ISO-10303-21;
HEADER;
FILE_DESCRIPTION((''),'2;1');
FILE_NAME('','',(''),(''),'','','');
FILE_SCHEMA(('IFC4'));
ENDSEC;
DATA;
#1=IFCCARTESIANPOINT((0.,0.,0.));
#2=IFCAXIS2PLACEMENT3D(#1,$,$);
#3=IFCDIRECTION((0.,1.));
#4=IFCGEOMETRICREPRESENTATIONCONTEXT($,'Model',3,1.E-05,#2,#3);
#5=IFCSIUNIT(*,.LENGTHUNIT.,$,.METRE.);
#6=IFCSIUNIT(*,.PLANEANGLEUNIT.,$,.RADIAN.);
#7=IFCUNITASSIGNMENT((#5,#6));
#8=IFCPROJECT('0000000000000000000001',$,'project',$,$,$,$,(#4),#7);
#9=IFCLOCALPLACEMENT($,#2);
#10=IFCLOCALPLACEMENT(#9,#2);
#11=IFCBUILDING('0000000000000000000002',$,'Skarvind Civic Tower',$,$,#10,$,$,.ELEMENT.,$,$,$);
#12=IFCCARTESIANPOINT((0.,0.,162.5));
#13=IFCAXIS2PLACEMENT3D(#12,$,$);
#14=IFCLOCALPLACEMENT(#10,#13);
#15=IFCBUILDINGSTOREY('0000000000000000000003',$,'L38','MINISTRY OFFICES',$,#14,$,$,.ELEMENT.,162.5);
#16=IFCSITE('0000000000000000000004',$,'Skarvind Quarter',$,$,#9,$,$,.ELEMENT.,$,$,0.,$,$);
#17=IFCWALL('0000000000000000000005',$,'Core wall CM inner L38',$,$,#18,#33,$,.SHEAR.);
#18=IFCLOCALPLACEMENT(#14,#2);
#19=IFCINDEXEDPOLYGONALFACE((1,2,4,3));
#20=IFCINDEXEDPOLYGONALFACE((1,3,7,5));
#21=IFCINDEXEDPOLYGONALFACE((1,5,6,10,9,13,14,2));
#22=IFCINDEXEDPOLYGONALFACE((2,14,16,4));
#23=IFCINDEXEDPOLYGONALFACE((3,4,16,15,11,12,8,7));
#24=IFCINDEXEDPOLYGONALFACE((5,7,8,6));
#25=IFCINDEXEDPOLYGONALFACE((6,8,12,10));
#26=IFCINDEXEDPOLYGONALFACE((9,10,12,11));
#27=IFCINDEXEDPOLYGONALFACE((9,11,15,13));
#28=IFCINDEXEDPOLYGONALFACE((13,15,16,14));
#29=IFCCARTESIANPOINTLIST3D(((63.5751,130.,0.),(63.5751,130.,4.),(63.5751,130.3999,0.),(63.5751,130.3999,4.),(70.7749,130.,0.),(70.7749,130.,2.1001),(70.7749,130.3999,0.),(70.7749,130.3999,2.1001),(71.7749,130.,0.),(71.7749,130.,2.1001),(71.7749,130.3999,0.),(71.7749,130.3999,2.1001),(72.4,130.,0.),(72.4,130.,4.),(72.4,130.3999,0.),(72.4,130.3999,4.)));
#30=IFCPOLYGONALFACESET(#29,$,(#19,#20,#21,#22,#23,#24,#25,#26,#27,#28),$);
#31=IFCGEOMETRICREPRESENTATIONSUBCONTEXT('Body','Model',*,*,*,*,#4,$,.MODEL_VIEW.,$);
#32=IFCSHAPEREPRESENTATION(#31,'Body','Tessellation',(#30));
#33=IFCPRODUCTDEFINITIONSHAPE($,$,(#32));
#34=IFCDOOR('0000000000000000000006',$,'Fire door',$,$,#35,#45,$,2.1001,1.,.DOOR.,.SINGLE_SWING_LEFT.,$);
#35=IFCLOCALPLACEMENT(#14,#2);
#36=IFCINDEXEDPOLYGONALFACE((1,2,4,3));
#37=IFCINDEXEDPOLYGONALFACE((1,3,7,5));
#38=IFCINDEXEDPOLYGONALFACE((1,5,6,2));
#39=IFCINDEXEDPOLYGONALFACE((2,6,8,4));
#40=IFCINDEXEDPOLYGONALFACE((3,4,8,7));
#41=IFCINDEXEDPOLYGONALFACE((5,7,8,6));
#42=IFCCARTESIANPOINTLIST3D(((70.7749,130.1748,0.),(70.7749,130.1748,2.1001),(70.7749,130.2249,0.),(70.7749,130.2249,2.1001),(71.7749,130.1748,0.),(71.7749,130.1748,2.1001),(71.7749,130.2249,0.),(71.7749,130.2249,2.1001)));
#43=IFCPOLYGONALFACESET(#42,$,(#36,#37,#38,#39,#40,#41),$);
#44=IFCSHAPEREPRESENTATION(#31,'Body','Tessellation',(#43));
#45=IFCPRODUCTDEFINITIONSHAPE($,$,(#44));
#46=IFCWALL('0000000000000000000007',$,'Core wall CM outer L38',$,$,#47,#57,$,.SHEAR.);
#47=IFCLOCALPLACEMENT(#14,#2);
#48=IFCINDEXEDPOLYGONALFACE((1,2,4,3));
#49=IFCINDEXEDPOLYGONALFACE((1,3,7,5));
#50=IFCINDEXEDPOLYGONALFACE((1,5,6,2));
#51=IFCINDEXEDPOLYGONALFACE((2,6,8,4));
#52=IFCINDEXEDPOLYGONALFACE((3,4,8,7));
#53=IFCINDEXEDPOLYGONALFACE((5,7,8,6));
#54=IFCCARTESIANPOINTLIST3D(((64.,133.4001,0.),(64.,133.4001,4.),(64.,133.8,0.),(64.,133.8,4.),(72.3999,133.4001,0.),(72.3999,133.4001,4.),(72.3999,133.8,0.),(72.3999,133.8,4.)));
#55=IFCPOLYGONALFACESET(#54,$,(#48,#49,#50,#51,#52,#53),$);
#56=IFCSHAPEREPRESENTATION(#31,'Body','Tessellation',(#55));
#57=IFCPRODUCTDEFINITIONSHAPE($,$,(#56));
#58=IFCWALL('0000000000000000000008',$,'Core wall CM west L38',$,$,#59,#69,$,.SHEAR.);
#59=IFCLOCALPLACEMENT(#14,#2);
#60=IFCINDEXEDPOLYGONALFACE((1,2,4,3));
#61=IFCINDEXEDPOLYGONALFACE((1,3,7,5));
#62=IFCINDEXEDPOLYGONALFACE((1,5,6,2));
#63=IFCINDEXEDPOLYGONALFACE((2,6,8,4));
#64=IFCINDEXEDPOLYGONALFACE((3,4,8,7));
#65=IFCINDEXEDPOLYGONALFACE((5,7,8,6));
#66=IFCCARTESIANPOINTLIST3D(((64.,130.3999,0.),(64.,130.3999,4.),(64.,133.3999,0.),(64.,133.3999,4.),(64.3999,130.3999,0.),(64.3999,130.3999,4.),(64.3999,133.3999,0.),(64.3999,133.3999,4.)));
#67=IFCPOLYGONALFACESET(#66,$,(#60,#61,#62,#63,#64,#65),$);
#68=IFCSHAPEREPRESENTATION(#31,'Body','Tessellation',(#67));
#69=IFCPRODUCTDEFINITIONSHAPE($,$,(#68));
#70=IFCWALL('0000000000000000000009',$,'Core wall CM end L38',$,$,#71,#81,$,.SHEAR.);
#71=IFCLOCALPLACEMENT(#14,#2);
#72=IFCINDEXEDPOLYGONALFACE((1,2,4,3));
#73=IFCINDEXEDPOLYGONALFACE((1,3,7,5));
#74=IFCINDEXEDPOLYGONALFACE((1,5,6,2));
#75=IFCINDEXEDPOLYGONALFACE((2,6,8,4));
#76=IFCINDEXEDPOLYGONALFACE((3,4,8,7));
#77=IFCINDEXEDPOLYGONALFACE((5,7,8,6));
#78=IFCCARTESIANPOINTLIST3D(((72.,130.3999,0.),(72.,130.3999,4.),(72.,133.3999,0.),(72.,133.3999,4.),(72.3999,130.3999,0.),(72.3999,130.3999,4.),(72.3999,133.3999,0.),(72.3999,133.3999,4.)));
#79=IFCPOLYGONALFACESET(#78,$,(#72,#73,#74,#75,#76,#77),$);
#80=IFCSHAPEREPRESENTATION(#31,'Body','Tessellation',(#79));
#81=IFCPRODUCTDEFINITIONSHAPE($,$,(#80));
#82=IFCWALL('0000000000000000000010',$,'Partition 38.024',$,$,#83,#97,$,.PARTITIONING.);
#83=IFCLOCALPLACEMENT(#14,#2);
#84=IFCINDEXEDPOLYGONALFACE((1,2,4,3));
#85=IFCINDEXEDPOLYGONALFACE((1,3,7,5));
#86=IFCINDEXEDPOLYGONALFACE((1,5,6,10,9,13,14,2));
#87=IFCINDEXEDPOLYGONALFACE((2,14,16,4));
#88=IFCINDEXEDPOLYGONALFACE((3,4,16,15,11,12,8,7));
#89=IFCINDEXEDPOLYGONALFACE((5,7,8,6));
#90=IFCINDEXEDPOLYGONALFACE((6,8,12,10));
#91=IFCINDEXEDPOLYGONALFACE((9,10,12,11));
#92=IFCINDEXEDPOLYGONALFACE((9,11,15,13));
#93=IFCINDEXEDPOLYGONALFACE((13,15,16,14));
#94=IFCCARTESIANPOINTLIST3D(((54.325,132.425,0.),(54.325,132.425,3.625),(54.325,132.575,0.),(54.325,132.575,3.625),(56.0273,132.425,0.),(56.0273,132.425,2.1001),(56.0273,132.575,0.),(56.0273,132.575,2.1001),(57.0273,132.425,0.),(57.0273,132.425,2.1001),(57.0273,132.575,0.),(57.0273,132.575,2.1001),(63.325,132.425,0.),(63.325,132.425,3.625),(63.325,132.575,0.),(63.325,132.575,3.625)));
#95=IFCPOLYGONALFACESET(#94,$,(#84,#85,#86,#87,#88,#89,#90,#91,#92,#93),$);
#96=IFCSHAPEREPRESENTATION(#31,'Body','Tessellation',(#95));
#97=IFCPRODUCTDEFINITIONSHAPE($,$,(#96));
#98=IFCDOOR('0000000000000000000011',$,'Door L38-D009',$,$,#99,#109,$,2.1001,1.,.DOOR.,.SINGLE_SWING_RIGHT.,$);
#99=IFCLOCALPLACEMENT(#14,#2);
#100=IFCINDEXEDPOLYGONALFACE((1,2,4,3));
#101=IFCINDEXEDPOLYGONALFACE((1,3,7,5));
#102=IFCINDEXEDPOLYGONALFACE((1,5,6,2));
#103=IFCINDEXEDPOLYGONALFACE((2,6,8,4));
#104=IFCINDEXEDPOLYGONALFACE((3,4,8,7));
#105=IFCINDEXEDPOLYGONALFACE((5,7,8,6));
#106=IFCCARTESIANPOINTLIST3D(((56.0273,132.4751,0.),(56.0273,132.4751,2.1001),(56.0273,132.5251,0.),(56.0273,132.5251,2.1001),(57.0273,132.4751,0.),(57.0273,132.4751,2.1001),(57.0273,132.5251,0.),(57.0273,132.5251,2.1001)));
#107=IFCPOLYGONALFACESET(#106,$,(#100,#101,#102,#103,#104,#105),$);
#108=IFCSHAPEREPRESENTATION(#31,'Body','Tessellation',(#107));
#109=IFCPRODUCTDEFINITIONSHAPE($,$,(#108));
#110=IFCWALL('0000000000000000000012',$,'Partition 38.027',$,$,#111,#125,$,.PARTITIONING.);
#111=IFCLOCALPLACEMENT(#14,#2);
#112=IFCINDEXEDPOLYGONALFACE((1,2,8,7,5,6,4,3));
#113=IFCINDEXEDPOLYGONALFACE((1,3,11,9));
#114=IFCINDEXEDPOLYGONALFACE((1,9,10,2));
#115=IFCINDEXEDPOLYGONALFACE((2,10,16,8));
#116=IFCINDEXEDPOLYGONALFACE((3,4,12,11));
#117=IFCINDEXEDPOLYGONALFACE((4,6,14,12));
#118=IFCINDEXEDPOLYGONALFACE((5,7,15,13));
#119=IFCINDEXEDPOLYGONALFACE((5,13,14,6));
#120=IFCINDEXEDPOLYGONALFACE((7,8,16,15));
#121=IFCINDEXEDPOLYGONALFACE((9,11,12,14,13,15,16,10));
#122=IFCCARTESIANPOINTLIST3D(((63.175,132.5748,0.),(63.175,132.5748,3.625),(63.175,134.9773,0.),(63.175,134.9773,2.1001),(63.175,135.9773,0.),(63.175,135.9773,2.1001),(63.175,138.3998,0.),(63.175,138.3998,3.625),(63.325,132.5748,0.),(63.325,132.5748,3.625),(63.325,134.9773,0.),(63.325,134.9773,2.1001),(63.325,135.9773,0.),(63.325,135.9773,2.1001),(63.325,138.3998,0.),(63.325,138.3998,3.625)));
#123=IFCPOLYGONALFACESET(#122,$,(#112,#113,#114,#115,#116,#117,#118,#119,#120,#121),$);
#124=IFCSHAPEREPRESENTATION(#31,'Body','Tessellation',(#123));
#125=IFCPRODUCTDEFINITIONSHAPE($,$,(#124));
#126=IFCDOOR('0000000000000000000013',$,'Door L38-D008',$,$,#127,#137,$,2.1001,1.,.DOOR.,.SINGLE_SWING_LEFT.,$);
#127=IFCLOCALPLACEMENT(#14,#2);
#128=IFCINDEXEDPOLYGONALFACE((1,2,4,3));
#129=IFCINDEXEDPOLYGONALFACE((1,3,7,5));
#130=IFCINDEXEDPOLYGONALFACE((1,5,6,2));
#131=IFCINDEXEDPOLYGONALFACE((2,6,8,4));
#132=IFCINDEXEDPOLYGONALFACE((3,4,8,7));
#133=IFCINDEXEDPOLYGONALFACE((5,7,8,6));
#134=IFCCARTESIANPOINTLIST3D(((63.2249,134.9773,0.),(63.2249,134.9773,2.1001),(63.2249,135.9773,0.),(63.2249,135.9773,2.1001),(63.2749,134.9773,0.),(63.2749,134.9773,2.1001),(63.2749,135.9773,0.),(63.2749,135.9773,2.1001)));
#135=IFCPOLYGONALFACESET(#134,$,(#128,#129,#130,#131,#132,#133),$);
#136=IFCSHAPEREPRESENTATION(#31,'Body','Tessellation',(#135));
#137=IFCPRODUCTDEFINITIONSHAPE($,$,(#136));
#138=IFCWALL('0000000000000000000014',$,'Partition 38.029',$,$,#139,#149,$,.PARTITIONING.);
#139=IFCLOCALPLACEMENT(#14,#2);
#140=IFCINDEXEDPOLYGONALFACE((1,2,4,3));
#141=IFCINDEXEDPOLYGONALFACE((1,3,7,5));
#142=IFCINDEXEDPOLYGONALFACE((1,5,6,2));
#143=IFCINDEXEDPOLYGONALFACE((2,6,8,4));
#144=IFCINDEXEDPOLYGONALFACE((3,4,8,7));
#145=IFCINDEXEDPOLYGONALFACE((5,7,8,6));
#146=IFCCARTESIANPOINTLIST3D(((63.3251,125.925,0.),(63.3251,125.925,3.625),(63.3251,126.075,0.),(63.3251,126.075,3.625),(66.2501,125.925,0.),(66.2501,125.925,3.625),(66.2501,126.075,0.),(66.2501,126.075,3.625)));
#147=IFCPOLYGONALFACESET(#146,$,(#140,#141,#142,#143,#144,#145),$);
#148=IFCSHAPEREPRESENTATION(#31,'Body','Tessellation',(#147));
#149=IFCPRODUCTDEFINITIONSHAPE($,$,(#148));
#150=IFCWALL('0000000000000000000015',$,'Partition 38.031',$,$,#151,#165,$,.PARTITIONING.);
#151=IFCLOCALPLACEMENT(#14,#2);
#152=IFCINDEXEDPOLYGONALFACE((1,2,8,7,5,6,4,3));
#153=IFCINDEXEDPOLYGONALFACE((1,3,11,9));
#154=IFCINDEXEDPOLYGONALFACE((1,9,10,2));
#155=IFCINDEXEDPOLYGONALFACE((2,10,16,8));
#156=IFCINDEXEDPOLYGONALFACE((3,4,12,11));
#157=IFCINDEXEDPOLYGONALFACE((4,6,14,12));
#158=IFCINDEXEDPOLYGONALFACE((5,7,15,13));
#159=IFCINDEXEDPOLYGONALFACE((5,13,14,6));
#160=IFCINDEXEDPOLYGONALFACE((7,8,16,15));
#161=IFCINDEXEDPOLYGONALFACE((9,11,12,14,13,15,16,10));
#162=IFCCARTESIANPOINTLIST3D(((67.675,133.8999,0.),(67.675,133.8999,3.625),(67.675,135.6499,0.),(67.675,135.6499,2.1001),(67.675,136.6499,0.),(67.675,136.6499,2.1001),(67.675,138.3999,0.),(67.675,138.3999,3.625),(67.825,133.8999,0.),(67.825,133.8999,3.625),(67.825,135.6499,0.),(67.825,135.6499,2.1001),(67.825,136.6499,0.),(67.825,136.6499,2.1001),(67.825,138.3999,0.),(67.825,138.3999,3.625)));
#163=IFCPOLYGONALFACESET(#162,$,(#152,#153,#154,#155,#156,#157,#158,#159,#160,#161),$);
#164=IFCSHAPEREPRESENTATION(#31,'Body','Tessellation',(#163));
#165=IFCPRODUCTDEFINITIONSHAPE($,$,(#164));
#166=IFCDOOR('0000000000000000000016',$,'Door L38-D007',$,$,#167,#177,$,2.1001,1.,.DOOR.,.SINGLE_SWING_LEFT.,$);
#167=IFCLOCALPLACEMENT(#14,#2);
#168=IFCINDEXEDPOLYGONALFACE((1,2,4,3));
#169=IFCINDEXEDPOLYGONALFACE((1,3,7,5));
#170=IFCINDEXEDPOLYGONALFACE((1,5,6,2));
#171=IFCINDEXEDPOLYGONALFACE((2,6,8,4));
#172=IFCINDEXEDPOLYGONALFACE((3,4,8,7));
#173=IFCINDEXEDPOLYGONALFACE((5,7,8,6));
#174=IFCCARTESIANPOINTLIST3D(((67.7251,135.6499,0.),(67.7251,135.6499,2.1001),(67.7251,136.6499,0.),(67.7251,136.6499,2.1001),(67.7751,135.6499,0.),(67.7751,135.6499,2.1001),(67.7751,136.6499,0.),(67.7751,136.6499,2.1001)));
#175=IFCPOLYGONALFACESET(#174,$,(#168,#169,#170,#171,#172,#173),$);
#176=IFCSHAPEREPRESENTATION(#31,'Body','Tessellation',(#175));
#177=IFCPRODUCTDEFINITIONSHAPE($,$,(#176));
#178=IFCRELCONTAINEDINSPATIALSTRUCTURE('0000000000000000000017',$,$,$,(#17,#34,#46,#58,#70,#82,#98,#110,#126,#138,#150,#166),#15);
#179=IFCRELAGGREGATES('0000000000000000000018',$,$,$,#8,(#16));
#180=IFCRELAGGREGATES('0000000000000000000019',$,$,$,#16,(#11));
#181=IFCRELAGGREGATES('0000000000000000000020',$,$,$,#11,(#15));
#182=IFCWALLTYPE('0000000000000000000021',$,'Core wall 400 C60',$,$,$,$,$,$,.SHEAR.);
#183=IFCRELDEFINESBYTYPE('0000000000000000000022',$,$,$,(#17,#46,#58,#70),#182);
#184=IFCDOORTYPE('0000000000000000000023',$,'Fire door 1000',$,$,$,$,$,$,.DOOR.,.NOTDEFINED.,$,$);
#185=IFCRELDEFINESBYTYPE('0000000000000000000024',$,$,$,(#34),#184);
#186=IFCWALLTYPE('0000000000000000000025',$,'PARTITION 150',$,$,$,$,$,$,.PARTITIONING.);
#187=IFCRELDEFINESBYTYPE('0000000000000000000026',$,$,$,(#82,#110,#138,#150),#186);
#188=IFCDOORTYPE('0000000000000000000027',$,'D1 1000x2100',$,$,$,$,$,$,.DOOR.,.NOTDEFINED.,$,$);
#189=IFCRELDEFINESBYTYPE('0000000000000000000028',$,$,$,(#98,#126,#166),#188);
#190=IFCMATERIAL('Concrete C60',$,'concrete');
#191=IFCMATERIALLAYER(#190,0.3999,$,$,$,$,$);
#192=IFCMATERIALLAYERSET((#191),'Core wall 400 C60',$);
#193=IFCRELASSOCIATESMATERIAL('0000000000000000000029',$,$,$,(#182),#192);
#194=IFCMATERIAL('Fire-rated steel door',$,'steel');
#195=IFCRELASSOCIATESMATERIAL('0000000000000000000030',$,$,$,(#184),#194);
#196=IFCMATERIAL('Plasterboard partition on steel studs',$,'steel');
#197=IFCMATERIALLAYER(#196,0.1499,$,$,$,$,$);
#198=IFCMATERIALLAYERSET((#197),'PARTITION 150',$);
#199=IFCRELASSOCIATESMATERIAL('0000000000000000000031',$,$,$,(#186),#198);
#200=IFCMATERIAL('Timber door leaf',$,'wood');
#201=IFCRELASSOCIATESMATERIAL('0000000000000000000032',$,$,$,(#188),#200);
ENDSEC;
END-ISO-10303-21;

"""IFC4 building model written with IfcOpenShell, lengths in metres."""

from ifc_helpers import new_model, si_unit, direction, frame, frame_2d, origin, place, context, subcontext, project, spatial, rectangle, extrude, material, layer, layer_set, type_object, element, fill, save


model = new_model("IFC4")

# Units and contexts
model_context = context("Model", 3, precision=1e-05, world=origin(), true_north=direction((0.0, 1.0)))
body_context = subcontext(model_context, "Body", "Model", "MODEL_VIEW")
ifc_project = project(units=[si_unit("LENGTHUNIT", "METRE"), si_unit("PLANEANGLEUNIT", "RADIAN")], contexts=[model_context])

# Site, building, storey
site_placement = place(None, origin())
site = spatial("IfcSite", under=ifc_project, at=site_placement, Name="Skarvind Quarter", CompositionType="ELEMENT", RefElevation=0.0)
building_placement = place(site_placement, origin())
building = spatial("IfcBuilding", under=site, at=building_placement, Name="Skarvind Civic Tower", CompositionType="ELEMENT")
storey_placement = place(building_placement, frame((0.0, 0.0, 162.5)))
storey = spatial("IfcBuildingStorey", under=building, at=storey_placement, Name="L38", Description="MINISTRY OFFICES", CompositionType="ELEMENT", Elevation=162.5)

# Shared definitions
ifc_material_1 = material(Name="Concrete C60", Category="concrete")

# Wall, opening, door
ifc_material_2 = material(Name="Timber door leaf", Category="wood")
ifc_layer_1 = layer(ifc_material_1, 0.3999)
ifc_layer_set_1 = layer_set([ifc_layer_1], Name="Core wall 400 C60")
wall_type_1 = type_object("IfcWallType", Name="Core wall 400 C60", PredefinedType="SHEAR", material=ifc_layer_set_1)
wall_1_placement = place(storey_placement, frame((63.575, 130.2, 0.0), z_axis=(0.0, 0.0, 1.0), x_axis=(1.0, 0.0, 0.0)))
wall_1 = element("IfcWall", 1, at=wall_1_placement, inside=storey, type_object=wall_type_1, Name="Core wall CM inner L38", PredefinedType="SHEAR", context=body_context, shape_type="SweptSolid", body=[
    extrude(rectangle(XDim=8.825, YDim=0.3999, at=frame_2d((4.4126, 0.0))), origin(), (0.0, 0.0, 1.0), 4.0),
])
opening_1_placement = place(wall_1_placement, frame((7.2, 0.0, 0.0)))
opening_1 = element("IfcOpeningElement", 2, at=opening_1_placement, cuts=wall_1, PredefinedType="OPENING", context=body_context, shape_type="SweptSolid", body=[
    extrude(rectangle(XDim=1.0, YDim=2.1001, at=frame_2d((0.5, 1.05))), frame((0.0, 0.21, 0.0), z_axis=(0.0, -1.0, 0.0), x_axis=(1.0, 0.0, 0.0)), (0.0, 0.0, 1.0), 0.4199),
])
ifc_material_3 = material(Name="Fire-rated steel door", Category="steel")
door_type_1 = type_object("IfcDoorType", Name="Fire door 1000", OperationType="NOTDEFINED", PredefinedType="DOOR", material=ifc_material_3)
door_1_placement = place(opening_1_placement, origin())
door_1 = element("IfcDoor", 3, at=door_1_placement, inside=storey, type_object=door_type_1, Name="Fire door", OperationType="SINGLE_SWING_LEFT", OverallHeight=2.1001, OverallWidth=1.0, PredefinedType="DOOR", context=body_context, shape_type="SweptSolid", body=[
    extrude(rectangle(XDim=1.0, YDim=2.1001, at=frame_2d((0.5, 1.05))), frame((0.0, 0.0249, 0.0), z_axis=(0.0, -1.0, 0.0), x_axis=(1.0, 0.0, 0.0)), (0.0, 0.0, 1.0), 0.05),
])
fill(opening_1, door_1)

# Walls
wall_2_placement = place(storey_placement, frame((64.0, 133.6001, 0.0), z_axis=(0.0, 0.0, 1.0), x_axis=(1.0, 0.0, 0.0)))
element("IfcWall", 4, at=wall_2_placement, inside=storey, type_object=wall_type_1, Name="Core wall CM outer L38", PredefinedType="SHEAR", context=body_context, shape_type="SweptSolid", body=[
    extrude(rectangle(XDim=8.3999, YDim=0.3999, at=frame_2d((4.2, 0.0))), origin(), (0.0, 0.0, 1.0), 4.0),
])
for number, where, z_axis, x_axis, name in (
    (5, (64.2, 130.3999, 0.0), (0.0, 0.0, 1.0), (0.0, 1.0, 0.0), "Core wall CM west L38"),
    (6, (72.2, 130.3999, 0.0), (0.0, 0.0, 1.0), (0.0, 1.0, 0.0), "Core wall CM end L38"),
):
    element("IfcWall", number, at=place(storey_placement, frame(where, z_axis=z_axis, x_axis=x_axis)), inside=storey, type_object=wall_type_1, Name=name, PredefinedType="SHEAR", context=body_context, shape_type="SweptSolid", body=[
        extrude(rectangle(XDim=3.0, YDim=0.3999, at=frame_2d((1.5, 0.0))), origin(), (0.0, 0.0, 1.0), 4.0),
    ])

# Walls, openings, doors
ifc_material_4 = material(Name="Plasterboard partition on steel studs", Category="steel")
ifc_layer_2 = layer(ifc_material_4, 0.1499)
ifc_layer_set_2 = layer_set([ifc_layer_2], Name="PARTITION 150")
wall_type_2 = type_object("IfcWallType", Name="PARTITION 150", PredefinedType="PARTITIONING", material=ifc_layer_set_2)
wall_3_placement = place(storey_placement, frame((63.325, 132.5, 0.0), z_axis=(0.0, 0.0, 1.0), x_axis=(-1.0, 0.0, 0.0)))
wall_3 = element("IfcWall", 7, at=wall_3_placement, inside=storey, type_object=wall_type_2, Name="Partition 38.024", PredefinedType="PARTITIONING", context=body_context, shape_type="SweptSolid", body=[
    extrude(rectangle(XDim=9.0, YDim=0.1499, at=frame_2d((4.5, 0.0))), origin(), (0.0, 0.0, 1.0), 3.625),
])
opening_2_placement = place(wall_3_placement, frame((6.2976, 0.0, 0.0)))
opening_2 = element("IfcOpeningElement", 8, at=opening_2_placement, cuts=wall_3, PredefinedType="OPENING", context=body_context, shape_type="SweptSolid", body=[
    extrude(rectangle(XDim=1.0, YDim=2.1001, at=frame_2d((0.5, 1.05))), frame((0.0, 0.085, 0.0), z_axis=(0.0, -1.0, 0.0), x_axis=(1.0, 0.0, 0.0)), (0.0, 0.0, 1.0), 0.1699),
])
door_type_2 = type_object("IfcDoorType", Name="D1 1000x2100", OperationType="NOTDEFINED", PredefinedType="DOOR", material=ifc_material_2)
door_2_placement = place(opening_2_placement, origin())
door_2 = element("IfcDoor", 9, at=door_2_placement, inside=storey, type_object=door_type_2, Name="Door L38-D009", OperationType="SINGLE_SWING_RIGHT", OverallHeight=2.1001, OverallWidth=1.0, PredefinedType="DOOR", context=body_context, shape_type="SweptSolid", body=[
    extrude(rectangle(XDim=1.0, YDim=2.1001, at=frame_2d((0.5, 1.05))), frame((0.0, 0.0249, 0.0), z_axis=(0.0, -1.0, 0.0), x_axis=(1.0, 0.0, 0.0)), (0.0, 0.0, 1.0), 0.05),
])
fill(opening_2, door_2)
wall_4_placement = place(storey_placement, frame((63.25, 138.3999, 0.0), z_axis=(0.0, 0.0, 1.0), x_axis=(0.0, -1.0, 0.0)))
wall_4 = element("IfcWall", 10, at=wall_4_placement, inside=storey, type_object=wall_type_2, Name="Partition 38.027", PredefinedType="PARTITIONING", context=body_context, shape_type="SweptSolid", body=[
    extrude(rectangle(XDim=5.825, YDim=0.1499, at=frame_2d((2.9126, 0.0))), origin(), (0.0, 0.0, 1.0), 3.625),
])
opening_3_placement = place(wall_4_placement, frame((2.4226, 0.0, 0.0)))
opening_3 = element("IfcOpeningElement", 11, at=opening_3_placement, cuts=wall_4, PredefinedType="OPENING", context=body_context, shape_type="SweptSolid", body=[
    extrude(rectangle(XDim=1.0, YDim=2.1001, at=frame_2d((0.5, 1.05))), frame((0.0, 0.085, 0.0), z_axis=(0.0, -1.0, 0.0), x_axis=(1.0, 0.0, 0.0)), (0.0, 0.0, 1.0), 0.1699),
])
door_3_placement = place(opening_3_placement, origin())
door_3 = element("IfcDoor", 12, at=door_3_placement, inside=storey, type_object=door_type_2, Name="Door L38-D008", OperationType="SINGLE_SWING_LEFT", OverallHeight=2.1001, OverallWidth=1.0, PredefinedType="DOOR", context=body_context, shape_type="SweptSolid", body=[
    extrude(rectangle(XDim=1.0, YDim=2.1001, at=frame_2d((0.5, 1.05))), frame((0.0, 0.0249, 0.0), z_axis=(0.0, -1.0, 0.0), x_axis=(1.0, 0.0, 0.0)), (0.0, 0.0, 1.0), 0.05),
])
fill(opening_3, door_3)

# Wall
wall_5_placement = place(storey_placement, frame((66.25, 126.0, 0.0), z_axis=(0.0, 0.0, 1.0), x_axis=(-1.0, 0.0, 0.0)))
element("IfcWall", 13, at=wall_5_placement, inside=storey, type_object=wall_type_2, Name="Partition 38.029", PredefinedType="PARTITIONING", context=body_context, shape_type="SweptSolid", body=[
    extrude(rectangle(XDim=2.925, YDim=0.1499, at=frame_2d((1.4624, 0.0))), origin(), (0.0, 0.0, 1.0), 3.625),
])

# Wall, opening, door
wall_6_placement = place(storey_placement, frame((67.75, 133.8999, 0.0), z_axis=(0.0, 0.0, 1.0), x_axis=(0.0, 1.0, 0.0)))
wall_6 = element("IfcWall", 14, at=wall_6_placement, inside=storey, type_object=wall_type_2, Name="Partition 38.031", PredefinedType="PARTITIONING", context=body_context, shape_type="SweptSolid", body=[
    extrude(rectangle(XDim=4.5, YDim=0.1499, at=frame_2d((2.25, 0.0))), origin(), (0.0, 0.0, 1.0), 3.625),
])
opening_4_placement = place(wall_6_placement, frame((1.75, 0.0, 0.0)))
opening_4 = element("IfcOpeningElement", 15, at=opening_4_placement, cuts=wall_6, PredefinedType="OPENING", context=body_context, shape_type="SweptSolid", body=[
    extrude(rectangle(XDim=1.0, YDim=2.1001, at=frame_2d((0.5, 1.05))), frame((0.0, 0.085, 0.0), z_axis=(0.0, -1.0, 0.0), x_axis=(1.0, 0.0, 0.0)), (0.0, 0.0, 1.0), 0.1699),
])
door_4_placement = place(opening_4_placement, origin())
door_4 = element("IfcDoor", 16, at=door_4_placement, inside=storey, type_object=door_type_2, Name="Door L38-D007", OperationType="SINGLE_SWING_LEFT", OverallHeight=2.1001, OverallWidth=1.0, PredefinedType="DOOR", context=body_context, shape_type="SweptSolid", body=[
    extrude(rectangle(XDim=1.0, YDim=2.1001, at=frame_2d((0.5, 1.05))), frame((0.0, 0.0249, 0.0), z_axis=(0.0, -1.0, 0.0), x_axis=(1.0, 0.0, 0.0)), (0.0, 0.0, 1.0), 0.05),
])
fill(opening_4, door_4)

save(model, "model.ifc")
